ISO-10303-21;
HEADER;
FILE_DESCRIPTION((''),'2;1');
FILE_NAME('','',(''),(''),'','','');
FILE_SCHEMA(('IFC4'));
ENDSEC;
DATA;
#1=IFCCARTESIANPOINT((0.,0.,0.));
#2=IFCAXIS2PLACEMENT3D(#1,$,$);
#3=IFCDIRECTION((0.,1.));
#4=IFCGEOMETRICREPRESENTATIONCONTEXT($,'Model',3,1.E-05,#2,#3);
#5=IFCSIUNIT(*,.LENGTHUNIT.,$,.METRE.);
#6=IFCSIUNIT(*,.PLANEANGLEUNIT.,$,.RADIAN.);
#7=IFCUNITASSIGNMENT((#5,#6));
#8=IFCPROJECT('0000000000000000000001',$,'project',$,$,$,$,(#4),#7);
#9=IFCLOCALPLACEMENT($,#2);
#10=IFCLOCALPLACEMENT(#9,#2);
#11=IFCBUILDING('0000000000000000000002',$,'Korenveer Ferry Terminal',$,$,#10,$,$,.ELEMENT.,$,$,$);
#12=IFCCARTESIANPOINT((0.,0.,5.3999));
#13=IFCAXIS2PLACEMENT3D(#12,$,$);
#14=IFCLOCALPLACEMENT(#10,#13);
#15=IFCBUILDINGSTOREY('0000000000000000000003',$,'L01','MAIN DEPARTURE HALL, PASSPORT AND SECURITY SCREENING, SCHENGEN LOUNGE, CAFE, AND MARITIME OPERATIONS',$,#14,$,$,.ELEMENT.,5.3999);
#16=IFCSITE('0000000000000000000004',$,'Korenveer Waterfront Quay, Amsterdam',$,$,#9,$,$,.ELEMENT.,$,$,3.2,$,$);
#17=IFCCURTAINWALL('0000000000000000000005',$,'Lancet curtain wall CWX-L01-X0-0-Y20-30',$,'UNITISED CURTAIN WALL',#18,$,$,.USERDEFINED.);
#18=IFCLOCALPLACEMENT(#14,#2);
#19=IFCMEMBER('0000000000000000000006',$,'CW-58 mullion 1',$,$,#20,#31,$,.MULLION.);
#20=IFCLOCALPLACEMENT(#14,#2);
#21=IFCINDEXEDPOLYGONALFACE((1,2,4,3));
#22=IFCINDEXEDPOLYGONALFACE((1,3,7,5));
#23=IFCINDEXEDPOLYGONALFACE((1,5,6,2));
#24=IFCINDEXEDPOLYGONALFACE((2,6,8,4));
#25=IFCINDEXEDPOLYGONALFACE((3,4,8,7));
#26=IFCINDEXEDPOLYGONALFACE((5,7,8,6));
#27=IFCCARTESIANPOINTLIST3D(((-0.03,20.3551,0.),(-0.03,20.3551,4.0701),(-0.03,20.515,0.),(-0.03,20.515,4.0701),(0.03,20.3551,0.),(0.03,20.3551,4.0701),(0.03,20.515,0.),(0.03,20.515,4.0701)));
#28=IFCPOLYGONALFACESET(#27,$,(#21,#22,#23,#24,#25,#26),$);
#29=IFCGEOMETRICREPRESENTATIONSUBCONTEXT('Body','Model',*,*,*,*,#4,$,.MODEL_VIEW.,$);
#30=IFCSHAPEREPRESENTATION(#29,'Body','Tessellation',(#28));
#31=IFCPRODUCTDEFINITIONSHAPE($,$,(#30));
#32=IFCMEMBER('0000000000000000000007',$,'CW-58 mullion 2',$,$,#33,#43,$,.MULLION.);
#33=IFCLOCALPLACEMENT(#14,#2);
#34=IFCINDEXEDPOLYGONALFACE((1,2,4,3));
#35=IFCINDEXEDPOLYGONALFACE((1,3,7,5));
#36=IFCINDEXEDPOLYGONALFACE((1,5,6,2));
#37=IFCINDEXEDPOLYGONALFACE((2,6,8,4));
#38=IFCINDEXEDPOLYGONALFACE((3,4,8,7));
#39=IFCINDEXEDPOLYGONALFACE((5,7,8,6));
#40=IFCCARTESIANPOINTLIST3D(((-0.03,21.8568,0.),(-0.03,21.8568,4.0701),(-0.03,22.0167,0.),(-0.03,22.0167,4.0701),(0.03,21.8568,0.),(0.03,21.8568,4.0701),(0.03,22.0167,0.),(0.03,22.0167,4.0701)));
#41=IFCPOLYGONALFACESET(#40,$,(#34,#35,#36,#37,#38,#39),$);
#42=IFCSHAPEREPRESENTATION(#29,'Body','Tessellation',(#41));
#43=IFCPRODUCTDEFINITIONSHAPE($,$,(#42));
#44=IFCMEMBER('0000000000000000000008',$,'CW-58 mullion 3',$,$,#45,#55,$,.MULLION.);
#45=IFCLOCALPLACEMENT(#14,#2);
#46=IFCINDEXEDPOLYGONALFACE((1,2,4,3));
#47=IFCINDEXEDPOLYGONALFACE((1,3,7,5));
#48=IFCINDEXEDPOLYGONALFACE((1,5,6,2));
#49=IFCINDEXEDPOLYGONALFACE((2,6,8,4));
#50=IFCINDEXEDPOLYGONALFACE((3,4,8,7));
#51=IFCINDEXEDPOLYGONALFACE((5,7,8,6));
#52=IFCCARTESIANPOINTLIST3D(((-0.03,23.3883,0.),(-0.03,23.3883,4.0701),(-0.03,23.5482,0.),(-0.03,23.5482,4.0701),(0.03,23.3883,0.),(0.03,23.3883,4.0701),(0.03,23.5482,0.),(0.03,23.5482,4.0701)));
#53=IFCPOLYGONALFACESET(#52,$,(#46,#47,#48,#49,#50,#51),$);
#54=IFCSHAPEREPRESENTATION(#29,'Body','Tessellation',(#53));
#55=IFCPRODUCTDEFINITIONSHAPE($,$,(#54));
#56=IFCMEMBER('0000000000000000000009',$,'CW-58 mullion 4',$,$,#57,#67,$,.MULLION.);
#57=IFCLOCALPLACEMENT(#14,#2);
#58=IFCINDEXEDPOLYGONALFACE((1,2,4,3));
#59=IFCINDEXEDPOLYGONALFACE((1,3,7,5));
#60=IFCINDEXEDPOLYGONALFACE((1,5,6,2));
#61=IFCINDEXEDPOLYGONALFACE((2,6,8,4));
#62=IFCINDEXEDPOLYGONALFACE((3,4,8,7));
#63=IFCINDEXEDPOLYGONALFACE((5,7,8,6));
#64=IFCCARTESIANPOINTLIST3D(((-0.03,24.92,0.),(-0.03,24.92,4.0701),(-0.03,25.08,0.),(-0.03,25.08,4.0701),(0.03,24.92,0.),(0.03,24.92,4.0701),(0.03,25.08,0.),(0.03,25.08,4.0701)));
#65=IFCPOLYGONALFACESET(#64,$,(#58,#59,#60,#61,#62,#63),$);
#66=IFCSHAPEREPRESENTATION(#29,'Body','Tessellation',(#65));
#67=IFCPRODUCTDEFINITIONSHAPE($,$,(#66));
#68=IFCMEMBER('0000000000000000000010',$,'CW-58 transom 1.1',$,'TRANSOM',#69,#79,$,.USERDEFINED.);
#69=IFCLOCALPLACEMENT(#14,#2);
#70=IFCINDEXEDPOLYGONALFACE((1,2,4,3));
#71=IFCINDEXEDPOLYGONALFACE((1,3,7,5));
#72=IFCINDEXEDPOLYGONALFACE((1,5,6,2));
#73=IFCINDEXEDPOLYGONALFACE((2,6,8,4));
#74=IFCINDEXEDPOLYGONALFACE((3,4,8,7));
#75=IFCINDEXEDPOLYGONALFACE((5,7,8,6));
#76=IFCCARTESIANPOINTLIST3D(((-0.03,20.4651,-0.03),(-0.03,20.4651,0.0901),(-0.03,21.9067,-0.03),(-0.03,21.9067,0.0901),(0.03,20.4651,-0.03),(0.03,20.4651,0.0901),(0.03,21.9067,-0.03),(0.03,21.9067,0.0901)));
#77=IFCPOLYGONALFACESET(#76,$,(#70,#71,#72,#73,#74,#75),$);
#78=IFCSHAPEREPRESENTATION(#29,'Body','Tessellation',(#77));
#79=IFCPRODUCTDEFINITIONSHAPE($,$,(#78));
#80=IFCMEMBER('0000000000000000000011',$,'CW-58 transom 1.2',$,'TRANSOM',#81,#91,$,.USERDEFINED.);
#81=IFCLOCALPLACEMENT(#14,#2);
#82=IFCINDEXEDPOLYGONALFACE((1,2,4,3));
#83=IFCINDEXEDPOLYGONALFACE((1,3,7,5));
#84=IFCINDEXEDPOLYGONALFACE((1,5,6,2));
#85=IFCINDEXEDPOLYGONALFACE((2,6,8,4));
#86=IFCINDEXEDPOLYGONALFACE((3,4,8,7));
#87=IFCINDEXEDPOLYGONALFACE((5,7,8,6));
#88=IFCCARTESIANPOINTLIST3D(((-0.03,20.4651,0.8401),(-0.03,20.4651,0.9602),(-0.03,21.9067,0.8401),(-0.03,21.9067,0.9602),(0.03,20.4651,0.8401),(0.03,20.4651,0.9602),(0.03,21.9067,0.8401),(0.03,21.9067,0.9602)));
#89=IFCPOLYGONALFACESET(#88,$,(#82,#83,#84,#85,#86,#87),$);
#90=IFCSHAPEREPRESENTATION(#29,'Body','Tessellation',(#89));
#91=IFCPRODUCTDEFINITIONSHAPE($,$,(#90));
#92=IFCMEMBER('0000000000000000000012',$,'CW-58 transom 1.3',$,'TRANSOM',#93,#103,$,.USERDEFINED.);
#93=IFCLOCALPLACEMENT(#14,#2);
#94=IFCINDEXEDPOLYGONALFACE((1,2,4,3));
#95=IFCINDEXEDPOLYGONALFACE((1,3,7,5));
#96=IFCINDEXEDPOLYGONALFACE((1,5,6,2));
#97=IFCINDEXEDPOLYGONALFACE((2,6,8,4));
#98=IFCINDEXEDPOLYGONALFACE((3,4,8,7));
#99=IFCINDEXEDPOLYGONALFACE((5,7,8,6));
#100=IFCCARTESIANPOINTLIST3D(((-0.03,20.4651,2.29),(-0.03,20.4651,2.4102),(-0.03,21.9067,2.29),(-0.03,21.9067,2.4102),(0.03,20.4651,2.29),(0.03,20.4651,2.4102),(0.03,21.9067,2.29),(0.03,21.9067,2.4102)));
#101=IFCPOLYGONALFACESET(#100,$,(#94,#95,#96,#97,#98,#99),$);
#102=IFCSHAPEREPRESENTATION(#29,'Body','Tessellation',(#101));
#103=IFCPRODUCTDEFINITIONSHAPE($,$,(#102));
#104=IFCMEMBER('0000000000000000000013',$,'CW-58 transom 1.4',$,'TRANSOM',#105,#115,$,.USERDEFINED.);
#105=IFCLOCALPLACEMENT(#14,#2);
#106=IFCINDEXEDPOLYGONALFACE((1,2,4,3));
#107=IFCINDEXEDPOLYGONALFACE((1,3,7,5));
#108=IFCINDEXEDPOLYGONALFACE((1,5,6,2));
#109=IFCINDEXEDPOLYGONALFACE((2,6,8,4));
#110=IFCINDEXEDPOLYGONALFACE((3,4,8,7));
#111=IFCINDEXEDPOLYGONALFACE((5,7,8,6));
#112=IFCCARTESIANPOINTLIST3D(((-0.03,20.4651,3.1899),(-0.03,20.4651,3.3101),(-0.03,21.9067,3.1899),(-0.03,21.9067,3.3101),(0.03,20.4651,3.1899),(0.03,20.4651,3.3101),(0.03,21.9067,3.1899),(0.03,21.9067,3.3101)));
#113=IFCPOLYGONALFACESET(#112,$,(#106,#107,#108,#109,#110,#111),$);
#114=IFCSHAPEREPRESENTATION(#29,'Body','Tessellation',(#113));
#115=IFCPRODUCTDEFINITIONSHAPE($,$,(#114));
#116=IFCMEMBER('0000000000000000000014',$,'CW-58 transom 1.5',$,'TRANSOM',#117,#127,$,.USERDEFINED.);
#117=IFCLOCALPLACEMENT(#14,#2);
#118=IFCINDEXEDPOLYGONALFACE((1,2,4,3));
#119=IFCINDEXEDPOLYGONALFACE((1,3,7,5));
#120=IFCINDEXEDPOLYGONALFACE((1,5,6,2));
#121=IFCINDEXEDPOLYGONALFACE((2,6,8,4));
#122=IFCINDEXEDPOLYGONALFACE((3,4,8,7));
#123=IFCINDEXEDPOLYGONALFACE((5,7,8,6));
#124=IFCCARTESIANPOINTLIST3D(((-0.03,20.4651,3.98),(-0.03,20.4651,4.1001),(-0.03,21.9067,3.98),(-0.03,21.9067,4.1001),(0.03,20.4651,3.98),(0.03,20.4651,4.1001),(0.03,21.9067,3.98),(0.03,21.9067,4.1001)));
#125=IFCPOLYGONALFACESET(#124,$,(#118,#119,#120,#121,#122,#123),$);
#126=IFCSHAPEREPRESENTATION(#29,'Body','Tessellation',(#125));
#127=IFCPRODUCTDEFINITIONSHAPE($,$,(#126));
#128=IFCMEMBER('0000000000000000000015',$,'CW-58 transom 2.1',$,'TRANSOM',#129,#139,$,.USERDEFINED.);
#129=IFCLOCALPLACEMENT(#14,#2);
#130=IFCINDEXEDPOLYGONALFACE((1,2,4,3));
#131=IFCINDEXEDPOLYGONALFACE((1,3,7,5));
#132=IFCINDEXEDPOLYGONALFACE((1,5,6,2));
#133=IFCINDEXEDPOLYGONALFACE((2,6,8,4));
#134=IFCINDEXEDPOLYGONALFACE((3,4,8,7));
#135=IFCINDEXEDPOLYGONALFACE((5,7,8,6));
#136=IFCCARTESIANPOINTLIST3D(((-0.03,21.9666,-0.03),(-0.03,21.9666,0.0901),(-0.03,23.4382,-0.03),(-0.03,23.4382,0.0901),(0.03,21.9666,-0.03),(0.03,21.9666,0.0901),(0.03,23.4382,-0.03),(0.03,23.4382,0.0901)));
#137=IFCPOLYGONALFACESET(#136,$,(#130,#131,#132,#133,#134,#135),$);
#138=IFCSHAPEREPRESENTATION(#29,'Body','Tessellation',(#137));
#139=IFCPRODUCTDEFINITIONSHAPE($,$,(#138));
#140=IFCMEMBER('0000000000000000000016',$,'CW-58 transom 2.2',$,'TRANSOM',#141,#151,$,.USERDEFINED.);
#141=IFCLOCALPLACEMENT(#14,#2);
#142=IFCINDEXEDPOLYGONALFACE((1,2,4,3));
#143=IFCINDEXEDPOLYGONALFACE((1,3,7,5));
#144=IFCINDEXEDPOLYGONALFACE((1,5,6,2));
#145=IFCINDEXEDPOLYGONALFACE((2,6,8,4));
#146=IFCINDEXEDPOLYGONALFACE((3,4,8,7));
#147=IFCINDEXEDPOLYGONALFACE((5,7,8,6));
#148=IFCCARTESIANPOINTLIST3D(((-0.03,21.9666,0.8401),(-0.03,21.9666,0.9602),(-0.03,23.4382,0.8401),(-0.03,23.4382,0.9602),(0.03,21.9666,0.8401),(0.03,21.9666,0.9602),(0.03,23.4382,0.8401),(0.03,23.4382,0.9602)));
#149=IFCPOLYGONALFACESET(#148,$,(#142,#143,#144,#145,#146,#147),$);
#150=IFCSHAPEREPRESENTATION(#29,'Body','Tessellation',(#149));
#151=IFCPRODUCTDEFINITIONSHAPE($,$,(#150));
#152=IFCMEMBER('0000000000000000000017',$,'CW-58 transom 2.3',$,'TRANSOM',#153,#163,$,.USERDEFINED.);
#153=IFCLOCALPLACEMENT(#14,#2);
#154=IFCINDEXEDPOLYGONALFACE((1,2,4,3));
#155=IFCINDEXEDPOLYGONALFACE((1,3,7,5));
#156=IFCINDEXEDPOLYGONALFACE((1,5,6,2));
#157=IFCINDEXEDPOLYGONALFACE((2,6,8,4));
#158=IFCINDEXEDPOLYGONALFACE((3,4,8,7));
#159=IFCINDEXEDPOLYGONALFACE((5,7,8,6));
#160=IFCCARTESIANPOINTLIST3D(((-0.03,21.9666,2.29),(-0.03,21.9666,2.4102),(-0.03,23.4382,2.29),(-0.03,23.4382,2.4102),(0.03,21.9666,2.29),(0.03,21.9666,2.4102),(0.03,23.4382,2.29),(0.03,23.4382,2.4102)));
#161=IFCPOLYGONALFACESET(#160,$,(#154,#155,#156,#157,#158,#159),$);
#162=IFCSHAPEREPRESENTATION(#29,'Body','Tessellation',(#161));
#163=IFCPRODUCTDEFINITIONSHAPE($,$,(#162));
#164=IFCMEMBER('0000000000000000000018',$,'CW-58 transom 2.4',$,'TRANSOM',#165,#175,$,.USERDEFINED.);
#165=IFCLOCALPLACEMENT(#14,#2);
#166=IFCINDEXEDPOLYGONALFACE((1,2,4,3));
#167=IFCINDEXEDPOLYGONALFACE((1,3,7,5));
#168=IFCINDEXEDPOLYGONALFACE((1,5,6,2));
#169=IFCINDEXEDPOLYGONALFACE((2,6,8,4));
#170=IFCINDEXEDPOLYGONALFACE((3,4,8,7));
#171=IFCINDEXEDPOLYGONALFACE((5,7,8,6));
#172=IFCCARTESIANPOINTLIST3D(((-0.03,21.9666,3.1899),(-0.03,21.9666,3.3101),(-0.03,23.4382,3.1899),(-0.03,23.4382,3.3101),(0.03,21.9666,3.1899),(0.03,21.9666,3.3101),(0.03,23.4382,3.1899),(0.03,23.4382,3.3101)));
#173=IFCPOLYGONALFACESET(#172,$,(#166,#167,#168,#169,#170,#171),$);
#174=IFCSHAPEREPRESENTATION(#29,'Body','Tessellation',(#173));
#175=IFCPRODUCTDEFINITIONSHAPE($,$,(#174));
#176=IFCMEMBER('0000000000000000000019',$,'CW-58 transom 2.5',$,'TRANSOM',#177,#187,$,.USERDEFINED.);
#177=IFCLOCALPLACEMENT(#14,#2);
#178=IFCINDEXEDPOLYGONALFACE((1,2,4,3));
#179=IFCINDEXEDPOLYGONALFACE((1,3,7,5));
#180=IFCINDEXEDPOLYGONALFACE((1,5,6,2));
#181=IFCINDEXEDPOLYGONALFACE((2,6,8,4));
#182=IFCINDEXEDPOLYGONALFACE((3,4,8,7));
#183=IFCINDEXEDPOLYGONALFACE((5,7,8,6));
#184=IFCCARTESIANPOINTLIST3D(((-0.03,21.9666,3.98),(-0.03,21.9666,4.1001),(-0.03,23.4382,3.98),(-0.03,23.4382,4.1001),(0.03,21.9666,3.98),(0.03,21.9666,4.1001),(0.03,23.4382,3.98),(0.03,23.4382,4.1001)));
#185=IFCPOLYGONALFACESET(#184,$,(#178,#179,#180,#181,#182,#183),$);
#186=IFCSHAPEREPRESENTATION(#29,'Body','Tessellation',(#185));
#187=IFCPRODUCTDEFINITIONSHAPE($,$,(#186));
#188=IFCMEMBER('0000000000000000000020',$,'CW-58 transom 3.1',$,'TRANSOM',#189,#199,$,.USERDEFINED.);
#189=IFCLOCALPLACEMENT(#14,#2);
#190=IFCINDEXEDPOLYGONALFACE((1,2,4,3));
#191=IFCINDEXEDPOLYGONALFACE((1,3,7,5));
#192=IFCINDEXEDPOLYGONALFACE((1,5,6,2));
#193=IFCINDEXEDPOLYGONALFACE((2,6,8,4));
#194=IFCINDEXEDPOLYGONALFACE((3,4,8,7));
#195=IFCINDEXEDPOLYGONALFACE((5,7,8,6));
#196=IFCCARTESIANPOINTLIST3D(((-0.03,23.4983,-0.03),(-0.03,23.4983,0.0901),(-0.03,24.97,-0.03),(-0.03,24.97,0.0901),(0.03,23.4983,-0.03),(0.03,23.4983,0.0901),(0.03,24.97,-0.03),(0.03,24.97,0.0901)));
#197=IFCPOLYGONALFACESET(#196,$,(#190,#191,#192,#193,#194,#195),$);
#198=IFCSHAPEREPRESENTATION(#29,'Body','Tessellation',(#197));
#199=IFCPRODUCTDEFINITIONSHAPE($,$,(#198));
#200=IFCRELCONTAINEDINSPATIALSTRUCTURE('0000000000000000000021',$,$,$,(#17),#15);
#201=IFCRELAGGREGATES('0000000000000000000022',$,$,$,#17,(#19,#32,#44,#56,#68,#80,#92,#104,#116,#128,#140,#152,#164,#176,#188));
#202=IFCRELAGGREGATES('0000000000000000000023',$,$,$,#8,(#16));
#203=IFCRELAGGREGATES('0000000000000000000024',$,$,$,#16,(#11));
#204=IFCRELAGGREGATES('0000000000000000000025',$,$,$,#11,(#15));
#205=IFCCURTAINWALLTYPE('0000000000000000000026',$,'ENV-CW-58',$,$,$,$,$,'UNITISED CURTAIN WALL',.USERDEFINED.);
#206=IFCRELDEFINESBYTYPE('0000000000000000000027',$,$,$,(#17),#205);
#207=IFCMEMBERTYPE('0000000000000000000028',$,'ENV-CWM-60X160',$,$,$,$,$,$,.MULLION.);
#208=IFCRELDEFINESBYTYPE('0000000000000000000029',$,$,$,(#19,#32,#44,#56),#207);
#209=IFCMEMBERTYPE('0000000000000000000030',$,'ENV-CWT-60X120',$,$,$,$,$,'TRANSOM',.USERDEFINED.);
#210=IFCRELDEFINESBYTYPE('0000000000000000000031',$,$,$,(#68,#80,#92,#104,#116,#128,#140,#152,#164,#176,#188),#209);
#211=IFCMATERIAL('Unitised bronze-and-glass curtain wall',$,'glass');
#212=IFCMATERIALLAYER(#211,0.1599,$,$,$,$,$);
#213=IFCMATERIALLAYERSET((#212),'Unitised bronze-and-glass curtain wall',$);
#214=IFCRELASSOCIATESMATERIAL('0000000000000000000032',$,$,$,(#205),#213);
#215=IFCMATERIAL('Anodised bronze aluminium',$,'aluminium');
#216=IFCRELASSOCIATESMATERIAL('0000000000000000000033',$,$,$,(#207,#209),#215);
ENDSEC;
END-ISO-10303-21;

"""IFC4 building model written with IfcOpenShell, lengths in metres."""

from ifc_helpers import new_model, si_unit, direction, frame, origin, origin_2d, place, context, subcontext, project, spatial, rectangle, extrude, material, layer, layer_set, material_profile, profile_set, type_object, element, aggregate, save


model = new_model("IFC4")

# Units and contexts
model_context = context("Model", 3, precision=1e-05, world=origin(), true_north=direction((0.0, 1.0)))
body_context = subcontext(model_context, "Body", "Model", "MODEL_VIEW")
ifc_project = project(units=[si_unit("LENGTHUNIT", "METRE"), si_unit("PLANEANGLEUNIT", "RADIAN")], contexts=[model_context])

# Site, building, storey
site_placement = place(None, origin())
site = spatial("IfcSite", under=ifc_project, at=site_placement, Name="Korenveer Waterfront Quay, Amsterdam", CompositionType="ELEMENT", RefElevation=3.2)
building_placement = place(site_placement, origin())
building = spatial("IfcBuilding", under=site, at=building_placement, Name="Korenveer Ferry Terminal", CompositionType="ELEMENT")
storey_placement = place(building_placement, frame((0.0, 0.0, 5.3999)))
storey = spatial("IfcBuildingStorey", under=building, at=storey_placement, Name="L01", Description="MAIN DEPARTURE HALL, PASSPORT AND SECURITY SCREENING, SCHENGEN LOUNGE, CAFE, AND MARITIME OPERATIONS", CompositionType="ELEMENT", Elevation=5.3999)

# Curtain wall, members
ifc_material_1 = material(Name="Unitised bronze-and-glass curtain wall", Category="glass")
ifc_layer_1 = layer(ifc_material_1, 0.1599)
ifc_layer_set_1 = layer_set([ifc_layer_1], Name="Unitised bronze-and-glass curtain wall")
curtain_wall_type = type_object("IfcCurtainWallType", Name="ENV-CW-58", ElementType="UNITISED CURTAIN WALL", PredefinedType="USERDEFINED", material=ifc_layer_set_1)
curtain_wall_placement = place(storey_placement, frame((0.0, 20.405, 0.0)))
curtain_wall = element("IfcCurtainWall", 1, at=curtain_wall_placement, inside=storey, type_object=curtain_wall_type, Name="Lancet curtain wall CWX-L01-X0-0-Y20-30", ObjectType="UNITISED CURTAIN WALL", PredefinedType="USERDEFINED")
ifc_material_2 = material(Name="Anodised bronze aluminium", Category="aluminium")
ifc_material_profile_1 = material_profile(ifc_material_2, rectangle(XDim=0.0601, YDim=0.1599, at=origin_2d()), Name="ALU 60x160")
ifc_profile_set_1 = profile_set([ifc_material_profile_1], Name="Anodised bronze aluminium")
member_type_1 = type_object("IfcMemberType", Name="ENV-CWM-60X160", PredefinedType="MULLION", material=ifc_profile_set_1)
member_1_placement = place(storey_placement, frame((0.0, 20.4351, 0.0), z_axis=(0.0, 0.0, 1.0), x_axis=(-1.0, 0.0, 0.0)))
member_1 = element("IfcMember", 2, at=member_1_placement, type_object=member_type_1, Name="CW-58 mullion 1", PredefinedType="MULLION", context=body_context, shape_type="SweptSolid", body=[
    extrude(rectangle(XDim=0.0601, YDim=0.1599, at=origin_2d()), origin(), (0.0, 0.0, 1.0), 4.0701),
])
member_2_placement = place(storey_placement, frame((0.0, 21.9368, 0.0), z_axis=(0.0, 0.0, 1.0), x_axis=(-1.0, 0.0, 0.0)))
member_2 = element("IfcMember", 3, at=member_2_placement, type_object=member_type_1, Name="CW-58 mullion 2", PredefinedType="MULLION", context=body_context, shape_type="SweptSolid", body=[
    extrude(rectangle(XDim=0.0601, YDim=0.1599, at=origin_2d()), origin(), (0.0, 0.0, 1.0), 4.0701),
])
member_3_placement = place(storey_placement, frame((0.0, 23.4683, 0.0), z_axis=(0.0, 0.0, 1.0), x_axis=(-1.0, 0.0, 0.0)))
member_3 = element("IfcMember", 4, at=member_3_placement, type_object=member_type_1, Name="CW-58 mullion 3", PredefinedType="MULLION", context=body_context, shape_type="SweptSolid", body=[
    extrude(rectangle(XDim=0.0601, YDim=0.1599, at=origin_2d()), origin(), (0.0, 0.0, 1.0), 4.0701),
])
member_4_placement = place(storey_placement, frame((0.0, 25.0, 0.0), z_axis=(0.0, 0.0, 1.0), x_axis=(-1.0, 0.0, 0.0)))
member_4 = element("IfcMember", 5, at=member_4_placement, type_object=member_type_1, Name="CW-58 mullion 4", PredefinedType="MULLION", context=body_context, shape_type="SweptSolid", body=[
    extrude(rectangle(XDim=0.0601, YDim=0.1599, at=origin_2d()), origin(), (0.0, 0.0, 1.0), 4.0701),
])
ifc_material_profile_2 = material_profile(ifc_material_2, rectangle(XDim=0.0601, YDim=0.1201, at=origin_2d()), Name="ALU 60x120")
ifc_profile_set_2 = profile_set([ifc_material_profile_2], Name="Anodised bronze aluminium")
member_type_2 = type_object("IfcMemberType", Name="ENV-CWT-60X120", ElementType="TRANSOM", PredefinedType="USERDEFINED", material=ifc_profile_set_2)
member_5_placement = place(storey_placement, frame((0.0, 20.4651, 0.03), z_axis=(0.0, 1.0, 0.0), x_axis=(-1.0, 0.0, 0.0)))
member_5 = element("IfcMember", 6, at=member_5_placement, type_object=member_type_2, Name="CW-58 transom 1.1", ObjectType="TRANSOM", PredefinedType="USERDEFINED", context=body_context, shape_type="SweptSolid", body=[
    extrude(rectangle(XDim=0.0601, YDim=0.1201, at=origin_2d()), origin(), (0.0, 0.0, 1.0), 1.4417),
])
member_6_placement = place(storey_placement, frame((0.0, 20.4651, 0.9001), z_axis=(0.0, 1.0, 0.0), x_axis=(-1.0, 0.0, 0.0)))
member_6 = element("IfcMember", 7, at=member_6_placement, type_object=member_type_2, Name="CW-58 transom 1.2", ObjectType="TRANSOM", PredefinedType="USERDEFINED", context=body_context, shape_type="SweptSolid", body=[
    extrude(rectangle(XDim=0.0601, YDim=0.1201, at=origin_2d()), origin(), (0.0, 0.0, 1.0), 1.4417),
])
member_7_placement = place(storey_placement, frame((0.0, 20.4651, 2.3501), z_axis=(0.0, 1.0, 0.0), x_axis=(-1.0, 0.0, 0.0)))
member_7 = element("IfcMember", 8, at=member_7_placement, type_object=member_type_2, Name="CW-58 transom 1.3", ObjectType="TRANSOM", PredefinedType="USERDEFINED", context=body_context, shape_type="SweptSolid", body=[
    extrude(rectangle(XDim=0.0601, YDim=0.1201, at=origin_2d()), origin(), (0.0, 0.0, 1.0), 1.4417),
])
member_8_placement = place(storey_placement, frame((0.0, 20.4651, 3.25), z_axis=(0.0, 1.0, 0.0), x_axis=(-1.0, 0.0, 0.0)))
member_8 = element("IfcMember", 9, at=member_8_placement, type_object=member_type_2, Name="CW-58 transom 1.4", ObjectType="TRANSOM", PredefinedType="USERDEFINED", context=body_context, shape_type="SweptSolid", body=[
    extrude(rectangle(XDim=0.0601, YDim=0.1201, at=origin_2d()), origin(), (0.0, 0.0, 1.0), 1.4417),
])
member_9_placement = place(storey_placement, frame((0.0, 20.4651, 4.04), z_axis=(0.0, 1.0, 0.0), x_axis=(-1.0, 0.0, 0.0)))
member_9 = element("IfcMember", 10, at=member_9_placement, type_object=member_type_2, Name="CW-58 transom 1.5", ObjectType="TRANSOM", PredefinedType="USERDEFINED", context=body_context, shape_type="SweptSolid", body=[
    extrude(rectangle(XDim=0.0601, YDim=0.1201, at=origin_2d()), origin(), (0.0, 0.0, 1.0), 1.4417),
])
member_10_placement = place(storey_placement, frame((0.0, 21.9666, 0.03), z_axis=(0.0, 1.0, 0.0), x_axis=(-1.0, 0.0, 0.0)))
member_10 = element("IfcMember", 11, at=member_10_placement, type_object=member_type_2, Name="CW-58 transom 2.1", ObjectType="TRANSOM", PredefinedType="USERDEFINED", context=body_context, shape_type="SweptSolid", body=[
    extrude(rectangle(XDim=0.0601, YDim=0.1201, at=origin_2d()), origin(), (0.0, 0.0, 1.0), 1.4717),
])
member_11_placement = place(storey_placement, frame((0.0, 21.9666, 0.9001), z_axis=(0.0, 1.0, 0.0), x_axis=(-1.0, 0.0, 0.0)))
member_11 = element("IfcMember", 12, at=member_11_placement, type_object=member_type_2, Name="CW-58 transom 2.2", ObjectType="TRANSOM", PredefinedType="USERDEFINED", context=body_context, shape_type="SweptSolid", body=[
    extrude(rectangle(XDim=0.0601, YDim=0.1201, at=origin_2d()), origin(), (0.0, 0.0, 1.0), 1.4717),
])
member_12_placement = place(storey_placement, frame((0.0, 21.9666, 2.3501), z_axis=(0.0, 1.0, 0.0), x_axis=(-1.0, 0.0, 0.0)))
member_12 = element("IfcMember", 13, at=member_12_placement, type_object=member_type_2, Name="CW-58 transom 2.3", ObjectType="TRANSOM", PredefinedType="USERDEFINED", context=body_context, shape_type="SweptSolid", body=[
    extrude(rectangle(XDim=0.0601, YDim=0.1201, at=origin_2d()), origin(), (0.0, 0.0, 1.0), 1.4717),
])
member_13_placement = place(storey_placement, frame((0.0, 21.9666, 3.25), z_axis=(0.0, 1.0, 0.0), x_axis=(-1.0, 0.0, 0.0)))
member_13 = element("IfcMember", 14, at=member_13_placement, type_object=member_type_2, Name="CW-58 transom 2.4", ObjectType="TRANSOM", PredefinedType="USERDEFINED", context=body_context, shape_type="SweptSolid", body=[
    extrude(rectangle(XDim=0.0601, YDim=0.1201, at=origin_2d()), origin(), (0.0, 0.0, 1.0), 1.4717),
])
member_14_placement = place(storey_placement, frame((0.0, 21.9666, 4.04), z_axis=(0.0, 1.0, 0.0), x_axis=(-1.0, 0.0, 0.0)))
member_14 = element("IfcMember", 15, at=member_14_placement, type_object=member_type_2, Name="CW-58 transom 2.5", ObjectType="TRANSOM", PredefinedType="USERDEFINED", context=body_context, shape_type="SweptSolid", body=[
    extrude(rectangle(XDim=0.0601, YDim=0.1201, at=origin_2d()), origin(), (0.0, 0.0, 1.0), 1.4717),
])
member_15_placement = place(storey_placement, frame((0.0, 23.4983, 0.03), z_axis=(0.0, 1.0, 0.0), x_axis=(-1.0, 0.0, 0.0)))
member_15 = element("IfcMember", 16, at=member_15_placement, type_object=member_type_2, Name="CW-58 transom 3.1", ObjectType="TRANSOM", PredefinedType="USERDEFINED", context=body_context, shape_type="SweptSolid", body=[
    extrude(rectangle(XDim=0.0601, YDim=0.1201, at=origin_2d()), origin(), (0.0, 0.0, 1.0), 1.4717),
])

aggregate(curtain_wall, [member_1, member_2, member_3, member_4, member_5, member_6, member_7, member_8, member_9, member_10, member_11, member_12, member_13, member_14, member_15])

save(model, "model.ifc")
